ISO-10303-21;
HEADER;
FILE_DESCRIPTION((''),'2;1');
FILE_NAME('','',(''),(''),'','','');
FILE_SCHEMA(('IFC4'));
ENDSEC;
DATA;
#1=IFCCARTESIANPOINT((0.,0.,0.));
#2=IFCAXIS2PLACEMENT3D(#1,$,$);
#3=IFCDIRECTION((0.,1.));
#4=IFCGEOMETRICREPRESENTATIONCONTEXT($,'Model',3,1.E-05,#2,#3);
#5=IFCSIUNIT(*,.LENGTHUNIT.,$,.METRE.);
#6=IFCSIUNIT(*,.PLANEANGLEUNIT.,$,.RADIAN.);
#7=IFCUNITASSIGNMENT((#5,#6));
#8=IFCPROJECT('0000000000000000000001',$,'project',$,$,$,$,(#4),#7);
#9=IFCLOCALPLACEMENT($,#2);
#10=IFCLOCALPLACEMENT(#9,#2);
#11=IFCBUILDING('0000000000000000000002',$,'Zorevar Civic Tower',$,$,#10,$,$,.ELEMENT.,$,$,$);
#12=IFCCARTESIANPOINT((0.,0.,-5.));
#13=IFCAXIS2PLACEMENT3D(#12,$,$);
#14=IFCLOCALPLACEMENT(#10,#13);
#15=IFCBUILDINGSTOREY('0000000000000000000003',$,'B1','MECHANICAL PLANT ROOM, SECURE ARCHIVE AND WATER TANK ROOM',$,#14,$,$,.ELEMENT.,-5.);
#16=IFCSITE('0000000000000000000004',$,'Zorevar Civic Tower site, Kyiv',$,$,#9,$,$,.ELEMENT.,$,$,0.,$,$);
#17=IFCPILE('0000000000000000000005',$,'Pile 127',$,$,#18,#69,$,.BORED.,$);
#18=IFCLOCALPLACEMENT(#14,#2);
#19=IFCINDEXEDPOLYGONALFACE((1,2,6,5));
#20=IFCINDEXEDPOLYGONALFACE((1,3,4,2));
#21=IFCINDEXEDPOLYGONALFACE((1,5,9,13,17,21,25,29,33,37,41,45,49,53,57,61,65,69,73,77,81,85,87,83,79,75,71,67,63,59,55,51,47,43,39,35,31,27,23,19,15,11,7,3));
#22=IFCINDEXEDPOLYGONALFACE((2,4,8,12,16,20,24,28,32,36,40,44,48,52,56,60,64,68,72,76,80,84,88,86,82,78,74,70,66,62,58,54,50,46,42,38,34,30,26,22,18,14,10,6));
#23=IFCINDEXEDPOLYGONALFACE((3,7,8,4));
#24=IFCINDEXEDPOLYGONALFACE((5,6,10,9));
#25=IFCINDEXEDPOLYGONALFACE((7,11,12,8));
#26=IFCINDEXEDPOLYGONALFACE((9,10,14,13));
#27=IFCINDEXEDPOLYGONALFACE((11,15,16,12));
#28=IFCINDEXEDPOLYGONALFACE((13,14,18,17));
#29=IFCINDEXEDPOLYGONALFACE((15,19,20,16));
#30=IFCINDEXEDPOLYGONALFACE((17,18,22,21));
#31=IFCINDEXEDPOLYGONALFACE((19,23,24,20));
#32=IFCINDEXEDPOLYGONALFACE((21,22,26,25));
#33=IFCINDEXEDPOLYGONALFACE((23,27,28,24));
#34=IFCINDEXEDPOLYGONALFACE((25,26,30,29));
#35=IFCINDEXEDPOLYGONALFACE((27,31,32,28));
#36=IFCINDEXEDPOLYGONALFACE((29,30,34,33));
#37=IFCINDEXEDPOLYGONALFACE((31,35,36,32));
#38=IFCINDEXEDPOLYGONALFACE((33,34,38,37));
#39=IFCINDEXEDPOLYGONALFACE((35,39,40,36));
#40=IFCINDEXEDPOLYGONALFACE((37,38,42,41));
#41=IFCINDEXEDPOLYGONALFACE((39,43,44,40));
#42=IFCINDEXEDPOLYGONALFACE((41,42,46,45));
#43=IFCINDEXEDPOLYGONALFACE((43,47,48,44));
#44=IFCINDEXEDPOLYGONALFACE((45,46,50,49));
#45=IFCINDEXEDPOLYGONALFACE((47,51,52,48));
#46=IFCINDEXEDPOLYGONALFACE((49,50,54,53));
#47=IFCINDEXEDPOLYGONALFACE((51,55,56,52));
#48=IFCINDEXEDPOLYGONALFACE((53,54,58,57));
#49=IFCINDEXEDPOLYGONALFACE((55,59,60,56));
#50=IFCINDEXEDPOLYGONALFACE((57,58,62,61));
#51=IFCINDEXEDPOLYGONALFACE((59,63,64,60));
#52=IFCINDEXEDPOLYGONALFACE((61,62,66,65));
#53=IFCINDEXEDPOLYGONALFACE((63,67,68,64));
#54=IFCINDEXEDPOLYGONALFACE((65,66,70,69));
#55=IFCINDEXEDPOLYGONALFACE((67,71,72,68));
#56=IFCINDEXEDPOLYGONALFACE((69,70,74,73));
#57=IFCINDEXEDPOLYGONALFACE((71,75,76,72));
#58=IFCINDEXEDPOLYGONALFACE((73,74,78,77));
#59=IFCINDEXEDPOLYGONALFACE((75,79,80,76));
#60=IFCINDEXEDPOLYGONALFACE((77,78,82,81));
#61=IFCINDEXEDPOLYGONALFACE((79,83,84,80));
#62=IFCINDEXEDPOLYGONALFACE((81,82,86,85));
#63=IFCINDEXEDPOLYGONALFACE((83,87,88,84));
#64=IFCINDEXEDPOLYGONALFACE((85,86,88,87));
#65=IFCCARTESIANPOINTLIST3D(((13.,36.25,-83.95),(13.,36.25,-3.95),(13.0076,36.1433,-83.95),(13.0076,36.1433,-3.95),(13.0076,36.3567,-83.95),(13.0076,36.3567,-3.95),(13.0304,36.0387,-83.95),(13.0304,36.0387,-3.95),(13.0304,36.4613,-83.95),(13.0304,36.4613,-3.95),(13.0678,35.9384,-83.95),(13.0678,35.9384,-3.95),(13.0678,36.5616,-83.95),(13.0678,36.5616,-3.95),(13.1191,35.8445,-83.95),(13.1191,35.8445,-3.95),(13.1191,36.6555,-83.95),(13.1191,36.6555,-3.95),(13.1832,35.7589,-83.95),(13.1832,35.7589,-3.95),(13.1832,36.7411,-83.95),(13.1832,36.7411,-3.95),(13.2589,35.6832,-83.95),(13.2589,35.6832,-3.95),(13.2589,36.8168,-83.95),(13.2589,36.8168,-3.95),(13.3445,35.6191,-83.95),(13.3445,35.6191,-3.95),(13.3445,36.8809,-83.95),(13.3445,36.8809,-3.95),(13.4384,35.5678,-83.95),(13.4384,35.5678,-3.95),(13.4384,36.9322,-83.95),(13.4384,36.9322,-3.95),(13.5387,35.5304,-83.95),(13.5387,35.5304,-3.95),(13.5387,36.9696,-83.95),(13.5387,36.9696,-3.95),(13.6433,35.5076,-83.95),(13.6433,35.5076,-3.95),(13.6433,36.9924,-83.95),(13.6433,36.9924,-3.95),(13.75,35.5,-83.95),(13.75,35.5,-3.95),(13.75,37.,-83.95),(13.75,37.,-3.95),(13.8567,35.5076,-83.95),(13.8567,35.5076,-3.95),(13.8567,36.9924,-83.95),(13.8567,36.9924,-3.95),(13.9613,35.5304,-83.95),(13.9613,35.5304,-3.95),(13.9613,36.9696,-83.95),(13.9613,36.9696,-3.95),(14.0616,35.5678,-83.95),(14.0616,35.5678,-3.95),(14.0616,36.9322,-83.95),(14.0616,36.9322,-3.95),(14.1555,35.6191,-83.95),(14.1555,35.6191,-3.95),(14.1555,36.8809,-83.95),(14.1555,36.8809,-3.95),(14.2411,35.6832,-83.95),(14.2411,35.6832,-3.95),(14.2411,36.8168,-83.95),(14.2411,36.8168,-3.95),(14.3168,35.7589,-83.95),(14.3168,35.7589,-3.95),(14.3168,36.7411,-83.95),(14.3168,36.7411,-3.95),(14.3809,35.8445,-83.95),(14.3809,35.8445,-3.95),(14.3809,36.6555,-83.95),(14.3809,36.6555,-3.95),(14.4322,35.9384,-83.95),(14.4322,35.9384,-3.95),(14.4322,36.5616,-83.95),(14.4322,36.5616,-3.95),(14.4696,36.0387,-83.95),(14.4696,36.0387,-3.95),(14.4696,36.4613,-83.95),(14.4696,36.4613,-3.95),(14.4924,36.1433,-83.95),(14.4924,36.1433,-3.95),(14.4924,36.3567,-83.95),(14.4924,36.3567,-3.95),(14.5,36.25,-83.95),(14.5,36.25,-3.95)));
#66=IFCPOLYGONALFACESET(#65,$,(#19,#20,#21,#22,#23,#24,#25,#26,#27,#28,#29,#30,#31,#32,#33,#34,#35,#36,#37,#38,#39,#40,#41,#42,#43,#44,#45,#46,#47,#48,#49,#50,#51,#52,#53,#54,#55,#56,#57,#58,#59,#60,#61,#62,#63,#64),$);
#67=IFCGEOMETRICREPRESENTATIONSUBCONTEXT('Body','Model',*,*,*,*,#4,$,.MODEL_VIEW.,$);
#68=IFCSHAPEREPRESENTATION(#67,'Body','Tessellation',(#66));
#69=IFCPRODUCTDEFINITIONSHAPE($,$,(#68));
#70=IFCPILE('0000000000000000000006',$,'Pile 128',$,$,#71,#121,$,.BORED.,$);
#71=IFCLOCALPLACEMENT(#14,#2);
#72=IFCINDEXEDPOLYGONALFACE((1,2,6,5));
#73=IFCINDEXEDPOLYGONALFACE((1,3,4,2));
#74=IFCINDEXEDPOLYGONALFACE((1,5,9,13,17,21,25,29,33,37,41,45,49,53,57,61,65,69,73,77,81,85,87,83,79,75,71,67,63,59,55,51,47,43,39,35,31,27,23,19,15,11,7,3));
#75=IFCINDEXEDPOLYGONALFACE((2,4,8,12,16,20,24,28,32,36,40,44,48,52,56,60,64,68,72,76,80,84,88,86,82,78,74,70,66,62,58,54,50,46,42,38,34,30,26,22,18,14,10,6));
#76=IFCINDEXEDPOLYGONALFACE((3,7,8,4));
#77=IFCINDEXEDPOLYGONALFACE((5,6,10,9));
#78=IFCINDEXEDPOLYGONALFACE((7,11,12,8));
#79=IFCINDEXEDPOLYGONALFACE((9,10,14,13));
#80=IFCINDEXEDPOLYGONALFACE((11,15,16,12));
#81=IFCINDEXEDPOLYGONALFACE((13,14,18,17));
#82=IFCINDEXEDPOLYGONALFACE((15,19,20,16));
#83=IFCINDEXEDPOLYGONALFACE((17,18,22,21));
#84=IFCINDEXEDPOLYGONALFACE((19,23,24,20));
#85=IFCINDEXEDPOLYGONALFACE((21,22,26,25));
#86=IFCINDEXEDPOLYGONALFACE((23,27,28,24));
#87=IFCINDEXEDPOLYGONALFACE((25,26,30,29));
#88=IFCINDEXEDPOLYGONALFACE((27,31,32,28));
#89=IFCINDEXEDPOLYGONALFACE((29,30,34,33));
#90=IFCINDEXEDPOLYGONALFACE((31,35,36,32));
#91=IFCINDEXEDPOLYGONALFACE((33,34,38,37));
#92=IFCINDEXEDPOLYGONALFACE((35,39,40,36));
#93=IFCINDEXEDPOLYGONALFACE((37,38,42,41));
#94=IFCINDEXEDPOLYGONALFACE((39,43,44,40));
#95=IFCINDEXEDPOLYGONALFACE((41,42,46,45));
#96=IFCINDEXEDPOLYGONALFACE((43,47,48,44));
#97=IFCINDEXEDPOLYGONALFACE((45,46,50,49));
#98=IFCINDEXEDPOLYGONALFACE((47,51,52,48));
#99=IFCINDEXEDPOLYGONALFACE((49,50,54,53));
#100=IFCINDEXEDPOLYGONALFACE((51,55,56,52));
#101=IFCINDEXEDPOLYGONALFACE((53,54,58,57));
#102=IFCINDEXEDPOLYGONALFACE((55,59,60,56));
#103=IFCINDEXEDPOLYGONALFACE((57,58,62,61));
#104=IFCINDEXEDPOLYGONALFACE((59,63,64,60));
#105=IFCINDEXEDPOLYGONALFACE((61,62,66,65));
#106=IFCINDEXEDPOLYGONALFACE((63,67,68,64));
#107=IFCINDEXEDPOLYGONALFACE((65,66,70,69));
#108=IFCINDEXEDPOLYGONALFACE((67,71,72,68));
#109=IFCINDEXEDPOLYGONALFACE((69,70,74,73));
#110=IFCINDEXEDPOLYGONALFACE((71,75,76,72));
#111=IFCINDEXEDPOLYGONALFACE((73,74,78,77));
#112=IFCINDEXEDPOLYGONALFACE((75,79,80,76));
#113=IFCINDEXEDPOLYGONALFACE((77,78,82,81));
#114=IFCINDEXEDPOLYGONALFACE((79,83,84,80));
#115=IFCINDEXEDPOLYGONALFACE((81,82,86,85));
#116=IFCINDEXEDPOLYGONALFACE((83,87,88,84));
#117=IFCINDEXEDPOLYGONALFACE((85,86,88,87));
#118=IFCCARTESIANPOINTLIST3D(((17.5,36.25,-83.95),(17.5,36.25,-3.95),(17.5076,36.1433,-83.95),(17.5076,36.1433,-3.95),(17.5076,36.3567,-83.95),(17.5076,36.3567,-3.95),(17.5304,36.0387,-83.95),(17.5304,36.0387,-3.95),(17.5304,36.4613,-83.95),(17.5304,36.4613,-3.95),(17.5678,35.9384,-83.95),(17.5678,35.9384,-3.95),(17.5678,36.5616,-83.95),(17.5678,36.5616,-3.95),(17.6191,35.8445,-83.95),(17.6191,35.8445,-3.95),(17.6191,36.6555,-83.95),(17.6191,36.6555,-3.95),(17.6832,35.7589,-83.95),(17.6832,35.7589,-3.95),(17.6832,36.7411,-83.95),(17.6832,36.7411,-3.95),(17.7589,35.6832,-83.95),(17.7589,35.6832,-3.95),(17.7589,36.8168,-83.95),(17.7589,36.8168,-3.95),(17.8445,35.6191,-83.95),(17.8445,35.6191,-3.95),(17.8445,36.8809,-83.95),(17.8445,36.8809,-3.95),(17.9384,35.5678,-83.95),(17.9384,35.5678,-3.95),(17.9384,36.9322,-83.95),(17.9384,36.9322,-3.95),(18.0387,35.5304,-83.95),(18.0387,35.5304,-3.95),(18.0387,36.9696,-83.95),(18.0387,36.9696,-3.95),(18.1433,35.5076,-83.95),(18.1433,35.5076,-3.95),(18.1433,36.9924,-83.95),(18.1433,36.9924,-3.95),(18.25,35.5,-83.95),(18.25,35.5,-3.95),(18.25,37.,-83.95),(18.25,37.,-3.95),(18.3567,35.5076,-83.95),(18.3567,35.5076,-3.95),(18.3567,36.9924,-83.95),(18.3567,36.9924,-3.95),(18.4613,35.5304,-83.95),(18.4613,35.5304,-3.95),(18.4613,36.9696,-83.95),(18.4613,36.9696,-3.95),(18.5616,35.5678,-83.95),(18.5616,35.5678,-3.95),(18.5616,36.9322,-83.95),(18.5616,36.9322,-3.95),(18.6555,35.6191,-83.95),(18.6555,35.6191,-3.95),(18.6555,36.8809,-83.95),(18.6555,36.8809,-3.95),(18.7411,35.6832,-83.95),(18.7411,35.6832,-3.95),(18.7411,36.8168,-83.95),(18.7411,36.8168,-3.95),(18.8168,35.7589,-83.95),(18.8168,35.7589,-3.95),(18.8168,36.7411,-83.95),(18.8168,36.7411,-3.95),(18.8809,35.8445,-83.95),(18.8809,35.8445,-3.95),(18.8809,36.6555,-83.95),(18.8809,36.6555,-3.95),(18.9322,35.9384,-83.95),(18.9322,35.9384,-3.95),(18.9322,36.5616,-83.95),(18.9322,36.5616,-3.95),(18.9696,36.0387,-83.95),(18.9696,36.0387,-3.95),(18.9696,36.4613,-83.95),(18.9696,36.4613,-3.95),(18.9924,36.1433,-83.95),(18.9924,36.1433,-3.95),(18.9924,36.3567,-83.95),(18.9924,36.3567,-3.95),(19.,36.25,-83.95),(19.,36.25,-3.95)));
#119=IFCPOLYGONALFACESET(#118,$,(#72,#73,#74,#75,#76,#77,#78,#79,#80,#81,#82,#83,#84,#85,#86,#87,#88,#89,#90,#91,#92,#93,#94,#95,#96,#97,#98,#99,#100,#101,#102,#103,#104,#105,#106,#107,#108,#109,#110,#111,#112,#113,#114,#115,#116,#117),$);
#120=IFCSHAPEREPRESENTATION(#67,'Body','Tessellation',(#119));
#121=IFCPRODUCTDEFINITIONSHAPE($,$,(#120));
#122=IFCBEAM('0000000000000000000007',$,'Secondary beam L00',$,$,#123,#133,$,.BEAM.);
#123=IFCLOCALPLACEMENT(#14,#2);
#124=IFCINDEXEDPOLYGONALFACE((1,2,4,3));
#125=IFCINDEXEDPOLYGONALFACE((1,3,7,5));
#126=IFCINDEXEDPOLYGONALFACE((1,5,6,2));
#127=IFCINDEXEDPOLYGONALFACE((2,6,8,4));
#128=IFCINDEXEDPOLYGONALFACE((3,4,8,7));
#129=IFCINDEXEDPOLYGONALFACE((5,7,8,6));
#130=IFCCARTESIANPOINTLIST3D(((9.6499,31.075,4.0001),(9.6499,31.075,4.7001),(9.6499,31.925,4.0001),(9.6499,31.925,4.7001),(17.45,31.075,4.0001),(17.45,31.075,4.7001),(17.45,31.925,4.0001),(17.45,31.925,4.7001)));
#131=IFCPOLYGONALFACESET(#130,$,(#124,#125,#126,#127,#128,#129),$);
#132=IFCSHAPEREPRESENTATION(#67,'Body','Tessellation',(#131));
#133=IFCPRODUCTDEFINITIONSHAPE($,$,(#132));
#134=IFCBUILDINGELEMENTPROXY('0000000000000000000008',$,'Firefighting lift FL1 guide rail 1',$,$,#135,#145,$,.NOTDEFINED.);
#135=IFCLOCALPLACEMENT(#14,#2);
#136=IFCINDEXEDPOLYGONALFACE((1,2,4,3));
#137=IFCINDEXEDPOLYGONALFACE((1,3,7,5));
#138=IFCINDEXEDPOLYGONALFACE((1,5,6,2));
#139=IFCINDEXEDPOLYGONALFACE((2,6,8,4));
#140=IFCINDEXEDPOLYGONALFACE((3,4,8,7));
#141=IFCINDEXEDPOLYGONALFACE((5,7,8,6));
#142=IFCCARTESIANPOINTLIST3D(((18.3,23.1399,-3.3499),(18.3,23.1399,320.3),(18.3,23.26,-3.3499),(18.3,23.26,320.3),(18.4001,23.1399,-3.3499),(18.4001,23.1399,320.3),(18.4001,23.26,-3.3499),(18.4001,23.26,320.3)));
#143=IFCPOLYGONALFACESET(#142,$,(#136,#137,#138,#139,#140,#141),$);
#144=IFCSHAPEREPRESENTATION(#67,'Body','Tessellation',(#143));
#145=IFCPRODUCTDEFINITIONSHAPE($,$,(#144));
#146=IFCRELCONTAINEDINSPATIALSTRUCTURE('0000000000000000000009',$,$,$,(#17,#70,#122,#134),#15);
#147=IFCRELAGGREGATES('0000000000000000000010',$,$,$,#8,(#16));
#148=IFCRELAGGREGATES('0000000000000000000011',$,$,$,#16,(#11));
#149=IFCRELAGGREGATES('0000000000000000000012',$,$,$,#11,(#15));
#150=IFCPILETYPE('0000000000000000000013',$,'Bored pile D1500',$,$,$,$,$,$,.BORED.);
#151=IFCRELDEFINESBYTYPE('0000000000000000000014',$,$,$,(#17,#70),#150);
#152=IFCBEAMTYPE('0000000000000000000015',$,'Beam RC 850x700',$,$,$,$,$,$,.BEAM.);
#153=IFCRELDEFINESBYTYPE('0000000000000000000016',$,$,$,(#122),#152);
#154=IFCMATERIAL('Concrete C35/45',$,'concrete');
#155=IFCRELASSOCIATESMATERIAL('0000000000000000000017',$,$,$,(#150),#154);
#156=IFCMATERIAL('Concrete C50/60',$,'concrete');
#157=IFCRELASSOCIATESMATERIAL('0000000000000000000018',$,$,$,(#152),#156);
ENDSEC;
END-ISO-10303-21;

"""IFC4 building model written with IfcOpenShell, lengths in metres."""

from ifc_helpers import new_model, si_unit, direction, frame, origin, origin_2d, place, context, subcontext, project, spatial, rectangle, circle, extrude, material, material_profile, profile_set, type_object, element, save


model = new_model("IFC4")

# Units and contexts
model_context = context("Model", 3, precision=1e-05, world=origin(), true_north=direction((0.0, 1.0)))
body_context = subcontext(model_context, "Body", "Model", "MODEL_VIEW")
ifc_project = project(units=[si_unit("LENGTHUNIT", "METRE"), si_unit("PLANEANGLEUNIT", "RADIAN")], contexts=[model_context])

# Site, building, storey
site_placement = place(None, origin())
site = spatial("IfcSite", under=ifc_project, at=site_placement, Name="Zorevar Civic Tower site, Kyiv", CompositionType="ELEMENT", RefElevation=0.0)
building_placement = place(site_placement, origin())
building = spatial("IfcBuilding", under=site, at=building_placement, Name="Zorevar Civic Tower", CompositionType="ELEMENT")
storey_placement = place(building_placement, frame((0.0, 0.0, -5.0)))
storey = spatial("IfcBuildingStorey", under=building, at=storey_placement, Name="B1", Description="MECHANICAL PLANT ROOM, SECURE ARCHIVE AND WATER TANK ROOM", CompositionType="ELEMENT", Elevation=-5.0)

# Piles
ifc_material_1 = material(Name="Concrete C35/45", Category="concrete")
pile_type = type_object("IfcPileType", Name="Bored pile D1500", PredefinedType="BORED", material=ifc_material_1)
for number, where, z_axis, x_axis, name in (
    (1, (13.75, 36.25, -3.95), (0.0, 0.0, -1.0), (1.0, 0.0, 0.0), "Pile 127"),
    (2, (18.25, 36.25, -3.95), (0.0, 0.0, -1.0), (1.0, 0.0, 0.0), "Pile 128"),
):
    element("IfcPile", number, at=place(storey_placement, frame(where, z_axis=z_axis, x_axis=x_axis)), inside=storey, type_object=pile_type, Name=name, PredefinedType="BORED", context=body_context, shape_type="SweptSolid", body=[
        extrude(circle(Radius=0.75, at=origin_2d()), origin(), (0.0, 0.0, 1.0), 80.0),
    ])

# Beam
ifc_material_2 = material(Name="Concrete C50/60", Category="concrete")
ifc_material_profile = material_profile(ifc_material_2, rectangle(XDim=0.8501, YDim=0.7, at=origin_2d()), Name="RC 850x700")
ifc_profile_set = profile_set([ifc_material_profile], Name="Concrete C50/60")
beam_type = type_object("IfcBeamType", Name="Beam RC 850x700", PredefinedType="BEAM", material=ifc_profile_set)
beam_placement = place(storey_placement, frame((9.6499, 31.5, 4.3501), z_axis=(1.0, 0.0, 0.0), x_axis=(0.0, 1.0, 0.0)))
element("IfcBeam", 3, at=beam_placement, inside=storey, type_object=beam_type, Name="Secondary beam L00", PredefinedType="BEAM", context=body_context, shape_type="SweptSolid", body=[
    extrude(rectangle(XDim=0.8501, YDim=0.7, at=origin_2d()), origin(), (0.0, 0.0, 1.0), 7.8),
])

# Building element proxy
proxy_placement = place(storey_placement, frame((18.3501, 23.2, -3.3499), z_axis=(0.0, 0.0, 1.0), x_axis=(1.0, 0.0, 0.0)))
element("IfcBuildingElementProxy", 4, at=proxy_placement, inside=storey, Name="Firefighting lift FL1 guide rail 1", PredefinedType="NOTDEFINED", context=body_context, shape_type="SweptSolid", body=[
    extrude(rectangle(XDim=0.1001, YDim=0.1201, at=origin_2d()), origin(), (0.0, 0.0, 1.0), 323.6499),
])

save(model, "model.ifc")
